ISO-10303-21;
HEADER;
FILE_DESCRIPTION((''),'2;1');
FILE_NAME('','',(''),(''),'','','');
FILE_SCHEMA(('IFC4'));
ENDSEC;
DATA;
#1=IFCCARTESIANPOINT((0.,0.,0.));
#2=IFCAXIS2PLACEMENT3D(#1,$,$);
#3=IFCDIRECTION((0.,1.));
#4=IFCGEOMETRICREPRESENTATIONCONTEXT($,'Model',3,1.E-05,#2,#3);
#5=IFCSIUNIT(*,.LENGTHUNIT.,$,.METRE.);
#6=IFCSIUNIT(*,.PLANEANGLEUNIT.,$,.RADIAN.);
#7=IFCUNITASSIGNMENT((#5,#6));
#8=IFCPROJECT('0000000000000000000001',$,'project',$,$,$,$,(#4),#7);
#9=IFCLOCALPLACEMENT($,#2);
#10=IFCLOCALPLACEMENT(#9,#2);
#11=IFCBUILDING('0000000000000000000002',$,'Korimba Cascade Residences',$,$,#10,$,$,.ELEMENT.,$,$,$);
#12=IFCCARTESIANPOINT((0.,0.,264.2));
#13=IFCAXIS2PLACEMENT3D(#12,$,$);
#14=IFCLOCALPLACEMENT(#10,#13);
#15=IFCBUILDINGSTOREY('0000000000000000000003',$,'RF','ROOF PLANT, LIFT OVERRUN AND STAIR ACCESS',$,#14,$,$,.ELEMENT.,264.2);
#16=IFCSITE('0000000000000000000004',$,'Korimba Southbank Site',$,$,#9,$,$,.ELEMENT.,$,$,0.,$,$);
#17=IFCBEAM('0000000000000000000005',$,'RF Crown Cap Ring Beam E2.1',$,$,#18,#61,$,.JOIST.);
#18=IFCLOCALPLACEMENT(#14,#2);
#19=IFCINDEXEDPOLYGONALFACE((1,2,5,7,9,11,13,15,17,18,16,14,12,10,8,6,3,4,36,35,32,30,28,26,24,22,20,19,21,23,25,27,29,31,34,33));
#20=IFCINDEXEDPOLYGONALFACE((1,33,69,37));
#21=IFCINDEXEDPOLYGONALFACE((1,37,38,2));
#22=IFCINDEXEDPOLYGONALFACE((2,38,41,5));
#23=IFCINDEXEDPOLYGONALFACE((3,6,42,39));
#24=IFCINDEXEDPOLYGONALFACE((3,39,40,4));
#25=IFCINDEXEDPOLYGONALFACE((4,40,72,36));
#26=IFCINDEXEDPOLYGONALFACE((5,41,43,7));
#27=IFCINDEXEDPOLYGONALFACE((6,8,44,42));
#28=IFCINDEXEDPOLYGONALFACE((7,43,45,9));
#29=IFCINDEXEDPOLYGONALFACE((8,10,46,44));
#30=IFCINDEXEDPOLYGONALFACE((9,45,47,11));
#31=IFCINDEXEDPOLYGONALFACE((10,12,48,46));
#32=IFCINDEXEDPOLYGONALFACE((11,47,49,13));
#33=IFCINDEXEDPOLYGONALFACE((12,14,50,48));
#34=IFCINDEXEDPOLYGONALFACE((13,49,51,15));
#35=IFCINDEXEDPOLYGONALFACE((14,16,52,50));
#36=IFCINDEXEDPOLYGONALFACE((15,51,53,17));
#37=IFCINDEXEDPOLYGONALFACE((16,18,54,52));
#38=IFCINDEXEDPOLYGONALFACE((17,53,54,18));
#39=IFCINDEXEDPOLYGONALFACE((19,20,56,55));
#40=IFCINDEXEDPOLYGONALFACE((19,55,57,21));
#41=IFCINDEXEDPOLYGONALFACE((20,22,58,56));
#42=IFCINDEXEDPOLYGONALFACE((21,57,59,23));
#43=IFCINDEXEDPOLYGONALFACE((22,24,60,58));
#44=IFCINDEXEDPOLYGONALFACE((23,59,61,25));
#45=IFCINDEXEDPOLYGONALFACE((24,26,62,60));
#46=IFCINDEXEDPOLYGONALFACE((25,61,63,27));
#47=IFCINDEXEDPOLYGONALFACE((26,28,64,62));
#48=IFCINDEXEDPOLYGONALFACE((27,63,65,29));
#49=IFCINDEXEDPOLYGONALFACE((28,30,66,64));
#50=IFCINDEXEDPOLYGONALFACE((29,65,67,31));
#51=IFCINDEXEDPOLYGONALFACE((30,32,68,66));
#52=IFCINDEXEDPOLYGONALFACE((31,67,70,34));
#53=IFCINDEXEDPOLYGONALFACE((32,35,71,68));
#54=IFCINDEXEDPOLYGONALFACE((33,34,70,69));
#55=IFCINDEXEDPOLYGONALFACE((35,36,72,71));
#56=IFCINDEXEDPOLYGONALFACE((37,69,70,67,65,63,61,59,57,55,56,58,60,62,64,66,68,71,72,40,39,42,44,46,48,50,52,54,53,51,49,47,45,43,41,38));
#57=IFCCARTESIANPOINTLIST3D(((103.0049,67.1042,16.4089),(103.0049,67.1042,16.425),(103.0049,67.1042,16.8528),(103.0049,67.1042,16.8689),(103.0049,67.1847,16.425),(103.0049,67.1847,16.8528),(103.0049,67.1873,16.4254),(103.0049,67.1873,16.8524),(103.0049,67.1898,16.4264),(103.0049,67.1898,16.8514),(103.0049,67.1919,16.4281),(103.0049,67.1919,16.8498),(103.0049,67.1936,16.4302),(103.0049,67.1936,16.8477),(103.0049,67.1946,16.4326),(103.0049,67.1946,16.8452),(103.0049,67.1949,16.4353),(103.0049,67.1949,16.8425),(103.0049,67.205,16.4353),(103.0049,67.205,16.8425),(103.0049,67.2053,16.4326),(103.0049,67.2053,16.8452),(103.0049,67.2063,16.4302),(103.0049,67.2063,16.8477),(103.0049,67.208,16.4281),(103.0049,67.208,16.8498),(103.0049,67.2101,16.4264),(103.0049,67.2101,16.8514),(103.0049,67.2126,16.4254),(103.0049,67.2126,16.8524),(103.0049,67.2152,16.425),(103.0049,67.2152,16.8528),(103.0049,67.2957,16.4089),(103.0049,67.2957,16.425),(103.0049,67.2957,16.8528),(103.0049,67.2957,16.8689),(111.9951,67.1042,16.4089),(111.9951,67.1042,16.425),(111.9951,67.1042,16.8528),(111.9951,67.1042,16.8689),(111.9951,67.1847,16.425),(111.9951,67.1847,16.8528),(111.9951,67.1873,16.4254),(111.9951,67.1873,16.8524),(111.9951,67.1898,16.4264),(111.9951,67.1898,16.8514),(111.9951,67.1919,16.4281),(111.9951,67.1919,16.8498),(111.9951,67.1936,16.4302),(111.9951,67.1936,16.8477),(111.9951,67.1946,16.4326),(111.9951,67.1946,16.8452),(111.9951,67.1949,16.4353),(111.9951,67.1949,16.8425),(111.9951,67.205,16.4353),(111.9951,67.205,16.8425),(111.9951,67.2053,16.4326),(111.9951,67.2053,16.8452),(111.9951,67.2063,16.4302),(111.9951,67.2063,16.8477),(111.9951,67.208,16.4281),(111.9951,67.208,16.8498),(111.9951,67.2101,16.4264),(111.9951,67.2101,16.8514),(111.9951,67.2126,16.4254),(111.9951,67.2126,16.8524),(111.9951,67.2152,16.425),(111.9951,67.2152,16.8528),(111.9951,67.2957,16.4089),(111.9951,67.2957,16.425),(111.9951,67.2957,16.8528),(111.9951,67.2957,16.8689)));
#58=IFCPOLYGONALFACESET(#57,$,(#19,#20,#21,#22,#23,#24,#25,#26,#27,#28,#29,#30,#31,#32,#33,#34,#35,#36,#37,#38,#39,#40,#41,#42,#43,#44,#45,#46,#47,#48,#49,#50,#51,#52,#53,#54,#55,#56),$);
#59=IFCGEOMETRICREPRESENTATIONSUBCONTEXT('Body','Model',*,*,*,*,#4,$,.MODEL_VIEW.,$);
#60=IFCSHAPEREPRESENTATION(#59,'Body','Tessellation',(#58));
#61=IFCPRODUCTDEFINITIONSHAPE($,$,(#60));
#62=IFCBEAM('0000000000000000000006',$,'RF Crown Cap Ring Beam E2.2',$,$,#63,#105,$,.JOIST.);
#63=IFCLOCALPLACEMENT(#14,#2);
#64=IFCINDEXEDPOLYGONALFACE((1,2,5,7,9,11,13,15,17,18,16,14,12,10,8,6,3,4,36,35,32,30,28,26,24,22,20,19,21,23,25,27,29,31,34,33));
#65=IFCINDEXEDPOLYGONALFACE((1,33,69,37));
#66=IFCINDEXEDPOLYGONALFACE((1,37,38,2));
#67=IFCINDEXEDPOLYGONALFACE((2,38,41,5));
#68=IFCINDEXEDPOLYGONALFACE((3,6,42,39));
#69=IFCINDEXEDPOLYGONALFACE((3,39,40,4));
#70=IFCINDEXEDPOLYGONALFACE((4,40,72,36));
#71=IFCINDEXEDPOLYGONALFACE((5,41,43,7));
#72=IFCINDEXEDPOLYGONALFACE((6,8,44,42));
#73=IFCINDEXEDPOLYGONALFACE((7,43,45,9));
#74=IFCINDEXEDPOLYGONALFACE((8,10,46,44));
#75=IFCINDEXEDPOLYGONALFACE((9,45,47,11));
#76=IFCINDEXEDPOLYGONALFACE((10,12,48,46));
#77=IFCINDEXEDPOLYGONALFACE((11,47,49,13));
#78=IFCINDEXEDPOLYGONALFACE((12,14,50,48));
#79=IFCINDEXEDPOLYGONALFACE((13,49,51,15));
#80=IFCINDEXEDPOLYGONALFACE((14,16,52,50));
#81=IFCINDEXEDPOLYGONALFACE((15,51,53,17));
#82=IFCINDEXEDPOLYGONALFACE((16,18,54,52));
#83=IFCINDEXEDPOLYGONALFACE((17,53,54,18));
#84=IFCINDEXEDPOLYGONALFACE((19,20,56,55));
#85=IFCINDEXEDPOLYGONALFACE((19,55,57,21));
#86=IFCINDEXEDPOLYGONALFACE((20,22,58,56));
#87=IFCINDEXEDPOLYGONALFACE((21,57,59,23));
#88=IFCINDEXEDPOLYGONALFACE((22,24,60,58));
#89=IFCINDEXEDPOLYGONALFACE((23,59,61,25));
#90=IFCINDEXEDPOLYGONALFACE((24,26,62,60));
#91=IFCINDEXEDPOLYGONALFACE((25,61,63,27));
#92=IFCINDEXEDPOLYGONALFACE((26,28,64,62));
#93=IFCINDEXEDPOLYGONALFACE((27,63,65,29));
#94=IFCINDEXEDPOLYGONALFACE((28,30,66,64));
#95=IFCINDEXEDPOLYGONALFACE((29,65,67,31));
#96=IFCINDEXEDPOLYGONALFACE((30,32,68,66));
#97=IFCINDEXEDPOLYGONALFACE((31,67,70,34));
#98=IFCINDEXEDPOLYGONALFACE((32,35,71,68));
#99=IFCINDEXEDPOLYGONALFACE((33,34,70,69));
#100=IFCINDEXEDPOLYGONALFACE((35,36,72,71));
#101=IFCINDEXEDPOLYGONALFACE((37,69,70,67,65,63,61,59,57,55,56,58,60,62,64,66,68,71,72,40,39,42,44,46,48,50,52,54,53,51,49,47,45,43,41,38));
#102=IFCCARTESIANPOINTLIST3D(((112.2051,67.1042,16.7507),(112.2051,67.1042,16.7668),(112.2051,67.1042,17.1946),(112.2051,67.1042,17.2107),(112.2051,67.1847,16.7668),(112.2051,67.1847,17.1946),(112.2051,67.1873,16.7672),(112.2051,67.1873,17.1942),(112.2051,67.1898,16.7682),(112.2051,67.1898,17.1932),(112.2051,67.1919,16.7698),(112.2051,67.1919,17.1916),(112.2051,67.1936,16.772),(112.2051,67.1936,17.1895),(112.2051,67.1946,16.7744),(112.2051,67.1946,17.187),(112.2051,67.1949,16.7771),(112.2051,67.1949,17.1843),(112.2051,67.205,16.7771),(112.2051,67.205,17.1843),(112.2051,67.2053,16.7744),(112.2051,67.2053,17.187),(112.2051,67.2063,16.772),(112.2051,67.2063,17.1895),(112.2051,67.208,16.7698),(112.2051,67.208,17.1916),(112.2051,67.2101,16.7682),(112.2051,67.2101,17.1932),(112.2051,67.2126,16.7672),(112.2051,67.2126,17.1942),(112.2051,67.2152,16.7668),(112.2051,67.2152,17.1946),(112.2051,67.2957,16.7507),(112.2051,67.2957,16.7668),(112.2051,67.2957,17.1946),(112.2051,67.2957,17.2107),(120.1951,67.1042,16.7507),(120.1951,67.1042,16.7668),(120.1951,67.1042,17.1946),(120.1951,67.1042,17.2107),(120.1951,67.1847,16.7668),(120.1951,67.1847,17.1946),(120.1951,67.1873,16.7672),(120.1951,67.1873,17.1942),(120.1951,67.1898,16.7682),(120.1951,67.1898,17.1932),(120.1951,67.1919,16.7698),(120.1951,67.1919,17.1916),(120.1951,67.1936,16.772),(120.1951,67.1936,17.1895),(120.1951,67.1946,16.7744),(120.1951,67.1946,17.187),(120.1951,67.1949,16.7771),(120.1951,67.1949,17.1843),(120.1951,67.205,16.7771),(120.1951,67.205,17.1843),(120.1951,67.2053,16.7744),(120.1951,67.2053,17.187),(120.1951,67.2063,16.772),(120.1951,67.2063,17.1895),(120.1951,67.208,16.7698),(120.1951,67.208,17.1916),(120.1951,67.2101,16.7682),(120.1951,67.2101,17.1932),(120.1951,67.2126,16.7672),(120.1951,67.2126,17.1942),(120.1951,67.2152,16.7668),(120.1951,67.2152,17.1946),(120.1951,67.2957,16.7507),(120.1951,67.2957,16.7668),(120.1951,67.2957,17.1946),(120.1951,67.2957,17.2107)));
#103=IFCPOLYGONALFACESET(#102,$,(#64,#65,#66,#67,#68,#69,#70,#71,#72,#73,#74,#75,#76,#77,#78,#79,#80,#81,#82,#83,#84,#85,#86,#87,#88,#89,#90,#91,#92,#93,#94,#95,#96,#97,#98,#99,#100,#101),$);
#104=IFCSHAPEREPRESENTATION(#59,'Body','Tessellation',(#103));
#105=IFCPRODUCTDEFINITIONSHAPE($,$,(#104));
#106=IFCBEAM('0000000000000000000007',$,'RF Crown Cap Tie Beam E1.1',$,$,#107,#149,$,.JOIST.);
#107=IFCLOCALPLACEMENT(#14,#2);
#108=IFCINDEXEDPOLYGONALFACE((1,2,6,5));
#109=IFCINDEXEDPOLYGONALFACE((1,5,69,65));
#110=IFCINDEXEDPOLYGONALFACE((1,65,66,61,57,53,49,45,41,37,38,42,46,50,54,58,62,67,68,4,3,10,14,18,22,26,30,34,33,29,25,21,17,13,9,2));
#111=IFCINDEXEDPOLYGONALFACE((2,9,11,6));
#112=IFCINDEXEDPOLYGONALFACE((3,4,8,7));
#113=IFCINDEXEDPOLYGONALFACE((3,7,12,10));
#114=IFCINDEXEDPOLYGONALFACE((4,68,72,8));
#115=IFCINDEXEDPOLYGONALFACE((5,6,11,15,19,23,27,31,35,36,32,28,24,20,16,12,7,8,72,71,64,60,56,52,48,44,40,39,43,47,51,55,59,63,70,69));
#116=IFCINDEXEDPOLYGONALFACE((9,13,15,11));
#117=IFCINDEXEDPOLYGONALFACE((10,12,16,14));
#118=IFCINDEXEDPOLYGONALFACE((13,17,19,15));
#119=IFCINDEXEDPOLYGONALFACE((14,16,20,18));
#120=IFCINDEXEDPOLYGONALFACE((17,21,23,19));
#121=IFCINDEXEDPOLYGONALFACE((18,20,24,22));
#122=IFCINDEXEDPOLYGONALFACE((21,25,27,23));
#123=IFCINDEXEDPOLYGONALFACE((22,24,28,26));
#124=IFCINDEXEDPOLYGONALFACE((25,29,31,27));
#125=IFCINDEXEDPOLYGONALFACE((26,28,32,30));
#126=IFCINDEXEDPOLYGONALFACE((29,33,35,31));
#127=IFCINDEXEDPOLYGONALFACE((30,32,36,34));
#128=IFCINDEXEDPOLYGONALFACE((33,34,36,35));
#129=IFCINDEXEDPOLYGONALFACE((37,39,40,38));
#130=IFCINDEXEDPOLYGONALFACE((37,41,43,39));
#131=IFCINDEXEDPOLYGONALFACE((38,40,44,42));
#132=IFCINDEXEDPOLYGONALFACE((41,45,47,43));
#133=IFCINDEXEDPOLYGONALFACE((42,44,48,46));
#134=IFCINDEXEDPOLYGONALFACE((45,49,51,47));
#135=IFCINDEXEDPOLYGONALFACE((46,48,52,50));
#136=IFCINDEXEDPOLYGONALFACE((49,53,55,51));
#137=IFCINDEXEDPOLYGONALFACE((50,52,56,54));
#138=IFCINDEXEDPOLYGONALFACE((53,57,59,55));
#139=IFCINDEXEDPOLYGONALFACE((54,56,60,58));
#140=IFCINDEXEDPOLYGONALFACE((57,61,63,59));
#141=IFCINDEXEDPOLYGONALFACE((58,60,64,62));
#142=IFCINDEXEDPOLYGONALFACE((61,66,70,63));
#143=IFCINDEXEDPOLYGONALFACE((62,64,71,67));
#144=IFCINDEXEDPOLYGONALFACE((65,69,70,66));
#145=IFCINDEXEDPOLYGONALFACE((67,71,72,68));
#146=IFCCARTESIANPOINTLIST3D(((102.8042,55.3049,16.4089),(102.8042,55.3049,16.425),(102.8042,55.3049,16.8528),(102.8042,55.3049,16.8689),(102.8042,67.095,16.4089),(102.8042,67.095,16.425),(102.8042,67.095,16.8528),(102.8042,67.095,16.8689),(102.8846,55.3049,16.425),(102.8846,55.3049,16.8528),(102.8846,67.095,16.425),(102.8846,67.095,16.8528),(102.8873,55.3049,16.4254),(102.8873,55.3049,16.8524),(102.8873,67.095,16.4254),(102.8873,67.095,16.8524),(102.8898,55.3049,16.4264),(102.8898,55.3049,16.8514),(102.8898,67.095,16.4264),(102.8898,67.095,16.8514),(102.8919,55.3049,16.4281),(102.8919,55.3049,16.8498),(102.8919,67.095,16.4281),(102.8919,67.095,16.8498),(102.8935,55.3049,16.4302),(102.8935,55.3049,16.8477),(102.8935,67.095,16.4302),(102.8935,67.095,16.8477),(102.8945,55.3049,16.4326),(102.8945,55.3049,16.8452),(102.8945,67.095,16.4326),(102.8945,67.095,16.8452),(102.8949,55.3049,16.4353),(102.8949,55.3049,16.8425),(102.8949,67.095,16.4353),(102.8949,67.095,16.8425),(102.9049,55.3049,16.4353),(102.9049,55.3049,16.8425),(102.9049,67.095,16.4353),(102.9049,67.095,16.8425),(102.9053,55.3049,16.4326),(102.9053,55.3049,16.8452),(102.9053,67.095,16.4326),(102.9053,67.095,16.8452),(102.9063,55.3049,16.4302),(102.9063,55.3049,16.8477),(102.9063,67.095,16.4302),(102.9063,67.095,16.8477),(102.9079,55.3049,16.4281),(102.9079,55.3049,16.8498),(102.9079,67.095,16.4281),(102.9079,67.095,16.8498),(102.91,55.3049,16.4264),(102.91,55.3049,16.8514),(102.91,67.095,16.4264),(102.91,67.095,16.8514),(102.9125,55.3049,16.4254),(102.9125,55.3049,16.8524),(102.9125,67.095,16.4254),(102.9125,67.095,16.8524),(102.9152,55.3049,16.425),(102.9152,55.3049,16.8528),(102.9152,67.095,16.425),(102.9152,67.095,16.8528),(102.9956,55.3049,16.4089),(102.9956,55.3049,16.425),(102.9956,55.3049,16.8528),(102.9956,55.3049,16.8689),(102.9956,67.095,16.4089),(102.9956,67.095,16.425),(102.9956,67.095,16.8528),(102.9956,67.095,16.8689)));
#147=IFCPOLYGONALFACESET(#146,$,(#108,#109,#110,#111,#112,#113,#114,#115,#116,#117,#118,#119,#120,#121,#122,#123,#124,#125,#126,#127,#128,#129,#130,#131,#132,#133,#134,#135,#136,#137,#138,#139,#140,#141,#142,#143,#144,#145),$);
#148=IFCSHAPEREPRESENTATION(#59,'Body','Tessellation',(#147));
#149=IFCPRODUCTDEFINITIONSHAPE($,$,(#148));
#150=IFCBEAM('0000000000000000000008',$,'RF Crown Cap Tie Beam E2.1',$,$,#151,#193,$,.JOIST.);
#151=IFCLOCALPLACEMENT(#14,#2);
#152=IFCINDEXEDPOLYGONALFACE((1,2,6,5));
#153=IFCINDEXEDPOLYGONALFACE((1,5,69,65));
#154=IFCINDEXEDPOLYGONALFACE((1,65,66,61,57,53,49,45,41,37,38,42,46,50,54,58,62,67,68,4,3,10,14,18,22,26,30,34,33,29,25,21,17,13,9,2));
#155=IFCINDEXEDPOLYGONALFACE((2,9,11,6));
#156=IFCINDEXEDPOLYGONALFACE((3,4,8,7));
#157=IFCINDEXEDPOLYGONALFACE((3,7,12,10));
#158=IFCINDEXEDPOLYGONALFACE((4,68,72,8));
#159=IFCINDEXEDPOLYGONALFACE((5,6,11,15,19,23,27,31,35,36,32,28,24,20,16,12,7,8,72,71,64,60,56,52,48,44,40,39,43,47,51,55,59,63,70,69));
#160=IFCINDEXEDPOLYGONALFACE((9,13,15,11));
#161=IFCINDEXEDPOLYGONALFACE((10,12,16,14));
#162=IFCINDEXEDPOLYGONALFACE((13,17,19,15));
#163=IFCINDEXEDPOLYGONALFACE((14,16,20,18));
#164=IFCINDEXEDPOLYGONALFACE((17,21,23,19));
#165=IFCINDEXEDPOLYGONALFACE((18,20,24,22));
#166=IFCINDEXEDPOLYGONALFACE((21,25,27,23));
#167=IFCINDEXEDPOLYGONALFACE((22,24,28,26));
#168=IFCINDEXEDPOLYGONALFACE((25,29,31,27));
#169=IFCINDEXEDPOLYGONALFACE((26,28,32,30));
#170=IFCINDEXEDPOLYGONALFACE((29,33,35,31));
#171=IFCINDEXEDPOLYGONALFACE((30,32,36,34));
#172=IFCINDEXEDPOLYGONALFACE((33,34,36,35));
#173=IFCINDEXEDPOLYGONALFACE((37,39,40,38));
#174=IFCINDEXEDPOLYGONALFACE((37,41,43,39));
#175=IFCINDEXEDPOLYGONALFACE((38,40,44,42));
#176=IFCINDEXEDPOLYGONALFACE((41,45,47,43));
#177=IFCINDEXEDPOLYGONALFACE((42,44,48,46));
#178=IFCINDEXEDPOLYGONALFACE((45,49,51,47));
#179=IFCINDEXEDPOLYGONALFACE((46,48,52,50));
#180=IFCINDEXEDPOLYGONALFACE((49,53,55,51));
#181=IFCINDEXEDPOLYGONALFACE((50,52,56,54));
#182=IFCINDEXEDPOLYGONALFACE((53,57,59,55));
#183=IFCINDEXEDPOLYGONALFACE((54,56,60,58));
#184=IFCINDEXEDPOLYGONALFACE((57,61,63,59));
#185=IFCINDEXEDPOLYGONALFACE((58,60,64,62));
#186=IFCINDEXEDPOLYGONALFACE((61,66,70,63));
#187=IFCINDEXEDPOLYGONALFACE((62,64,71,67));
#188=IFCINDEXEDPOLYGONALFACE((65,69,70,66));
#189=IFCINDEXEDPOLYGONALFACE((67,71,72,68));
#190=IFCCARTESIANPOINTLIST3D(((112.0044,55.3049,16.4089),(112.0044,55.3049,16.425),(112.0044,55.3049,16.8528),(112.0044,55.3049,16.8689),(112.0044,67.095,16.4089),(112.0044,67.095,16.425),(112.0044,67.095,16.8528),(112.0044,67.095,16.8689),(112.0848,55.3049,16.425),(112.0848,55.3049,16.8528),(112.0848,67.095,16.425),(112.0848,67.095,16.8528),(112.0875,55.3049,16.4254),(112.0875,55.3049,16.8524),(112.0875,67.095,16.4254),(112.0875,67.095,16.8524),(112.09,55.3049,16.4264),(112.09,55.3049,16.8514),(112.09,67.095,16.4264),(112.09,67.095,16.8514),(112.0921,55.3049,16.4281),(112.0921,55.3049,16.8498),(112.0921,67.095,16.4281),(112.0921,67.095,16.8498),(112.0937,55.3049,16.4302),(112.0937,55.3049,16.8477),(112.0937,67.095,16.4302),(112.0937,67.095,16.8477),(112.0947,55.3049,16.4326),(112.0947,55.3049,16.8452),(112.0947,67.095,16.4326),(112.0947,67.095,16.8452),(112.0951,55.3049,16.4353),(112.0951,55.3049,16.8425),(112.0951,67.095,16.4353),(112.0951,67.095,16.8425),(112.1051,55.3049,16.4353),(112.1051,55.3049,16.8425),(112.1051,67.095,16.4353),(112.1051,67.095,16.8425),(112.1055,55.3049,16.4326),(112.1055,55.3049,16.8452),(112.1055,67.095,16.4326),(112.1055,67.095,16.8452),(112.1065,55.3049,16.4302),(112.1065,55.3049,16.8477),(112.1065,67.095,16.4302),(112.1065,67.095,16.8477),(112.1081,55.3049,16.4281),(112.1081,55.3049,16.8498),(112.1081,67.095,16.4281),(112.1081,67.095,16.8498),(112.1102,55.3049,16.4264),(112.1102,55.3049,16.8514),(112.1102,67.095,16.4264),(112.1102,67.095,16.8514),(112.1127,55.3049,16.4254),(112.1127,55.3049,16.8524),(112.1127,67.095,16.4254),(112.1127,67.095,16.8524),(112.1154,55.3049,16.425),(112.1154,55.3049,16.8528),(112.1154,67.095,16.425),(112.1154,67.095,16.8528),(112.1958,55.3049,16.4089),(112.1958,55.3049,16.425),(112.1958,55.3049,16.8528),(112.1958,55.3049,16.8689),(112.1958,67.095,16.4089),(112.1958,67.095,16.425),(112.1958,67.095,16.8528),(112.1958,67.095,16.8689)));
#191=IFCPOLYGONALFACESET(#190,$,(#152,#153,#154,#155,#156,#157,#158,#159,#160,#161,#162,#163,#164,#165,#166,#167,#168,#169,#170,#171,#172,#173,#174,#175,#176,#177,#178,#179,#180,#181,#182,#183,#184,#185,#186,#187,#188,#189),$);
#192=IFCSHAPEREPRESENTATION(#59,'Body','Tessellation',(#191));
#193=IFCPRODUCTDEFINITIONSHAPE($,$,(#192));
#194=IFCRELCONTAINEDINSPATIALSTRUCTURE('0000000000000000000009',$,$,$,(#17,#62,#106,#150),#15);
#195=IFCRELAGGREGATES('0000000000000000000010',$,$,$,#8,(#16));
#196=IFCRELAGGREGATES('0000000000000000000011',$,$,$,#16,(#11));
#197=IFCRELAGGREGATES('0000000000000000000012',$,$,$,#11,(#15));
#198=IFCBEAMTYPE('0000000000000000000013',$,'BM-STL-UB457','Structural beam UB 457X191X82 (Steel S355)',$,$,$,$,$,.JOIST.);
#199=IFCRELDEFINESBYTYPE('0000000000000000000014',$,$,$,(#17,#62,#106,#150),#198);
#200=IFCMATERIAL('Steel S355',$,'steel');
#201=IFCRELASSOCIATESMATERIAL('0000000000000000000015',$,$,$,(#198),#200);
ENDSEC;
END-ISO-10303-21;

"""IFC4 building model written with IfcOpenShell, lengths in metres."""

from ifc_helpers import new_model, si_unit, direction, frame, origin, origin_2d, place, context, subcontext, project, spatial, i_section, extrude, material, material_profile, profile_set, type_object, element, save


model = new_model("IFC4")

# Units and contexts
model_context = context("Model", 3, precision=1e-05, world=origin(), true_north=direction((0.0, 1.0)))
body_context = subcontext(model_context, "Body", "Model", "MODEL_VIEW")
ifc_project = project(units=[si_unit("LENGTHUNIT", "METRE"), si_unit("PLANEANGLEUNIT", "RADIAN")], contexts=[model_context])

# Site, building, storey
site_placement = place(None, origin())
site = spatial("IfcSite", under=ifc_project, at=site_placement, Name="Korimba Southbank Site", CompositionType="ELEMENT", RefElevation=0.0)
building_placement = place(site_placement, origin())
building = spatial("IfcBuilding", under=site, at=building_placement, Name="Korimba Cascade Residences", CompositionType="ELEMENT")
storey_placement = place(building_placement, frame((0.0, 0.0, 264.2)))
storey = spatial("IfcBuildingStorey", under=building, at=storey_placement, Name="RF", Description="ROOF PLANT, LIFT OVERRUN AND STAIR ACCESS", CompositionType="ELEMENT", Elevation=264.2)

# Beams
ifc_material_1 = material(Name="Steel S355", Category="steel")
ifc_material_profile_1 = material_profile(ifc_material_1, i_section(OverallWidth=0.1914, OverallDepth=0.46, WebThickness=0.01, FlangeThickness=0.0161, FilletRadius=0.0103, at=origin_2d()), Name="Steel S355")
ifc_profile_set_1 = profile_set([ifc_material_profile_1], Name="Steel S355")
beam_type_1 = type_object("IfcBeamType", Name="BM-STL-UB457", Description="Structural beam UB 457X191X82 (Steel S355)", PredefinedType="JOIST", material=ifc_profile_set_1)
beam_1_placement = place(storey_placement, frame((103.0049, 67.2, 16.6389), z_axis=(1.0, 0.0, 0.0), x_axis=(0.0, 1.0, 0.0)))
element("IfcBeam", 1, at=beam_1_placement, inside=storey, type_object=beam_type_1, Name="RF Crown Cap Ring Beam E2.1", PredefinedType="JOIST", context=body_context, shape_type="SweptSolid", body=[
    extrude(i_section(OverallWidth=0.1914, OverallDepth=0.46, WebThickness=0.01, FlangeThickness=0.0161, FilletRadius=0.0103, at=origin_2d()), origin(), (0.0, 0.0, 1.0), 8.9902),
])
beam_2_placement = place(storey_placement, frame((112.2051, 67.2, 16.9807), z_axis=(1.0, 0.0, 0.0), x_axis=(0.0, 1.0, 0.0)))
element("IfcBeam", 2, at=beam_2_placement, inside=storey, type_object=beam_type_1, Name="RF Crown Cap Ring Beam E2.2", PredefinedType="JOIST", context=body_context, shape_type="SweptSolid", body=[
    extrude(i_section(OverallWidth=0.1914, OverallDepth=0.46, WebThickness=0.01, FlangeThickness=0.0161, FilletRadius=0.0103, at=origin_2d()), origin(), (0.0, 0.0, 1.0), 7.99),
])
for number, where, z_axis, x_axis, name in (
    (3, (102.8999, 55.3049, 16.6389), (0.0, 1.0, 0.0), (-1.0, 0.0, 0.0), "RF Crown Cap Tie Beam E1.1"),
    (4, (112.1001, 55.3049, 16.6389), (0.0, 1.0, 0.0), (-1.0, 0.0, 0.0), "RF Crown Cap Tie Beam E2.1"),
):
    element("IfcBeam", number, at=place(storey_placement, frame(where, z_axis=z_axis, x_axis=x_axis)), inside=storey, type_object=beam_type_1, Name=name, PredefinedType="JOIST", context=body_context, shape_type="SweptSolid", body=[
        extrude(i_section(OverallWidth=0.1914, OverallDepth=0.46, WebThickness=0.01, FlangeThickness=0.0161, FilletRadius=0.0103, at=origin_2d()), origin(), (0.0, 0.0, 1.0), 11.79),
    ])

save(model, "model.ifc")
